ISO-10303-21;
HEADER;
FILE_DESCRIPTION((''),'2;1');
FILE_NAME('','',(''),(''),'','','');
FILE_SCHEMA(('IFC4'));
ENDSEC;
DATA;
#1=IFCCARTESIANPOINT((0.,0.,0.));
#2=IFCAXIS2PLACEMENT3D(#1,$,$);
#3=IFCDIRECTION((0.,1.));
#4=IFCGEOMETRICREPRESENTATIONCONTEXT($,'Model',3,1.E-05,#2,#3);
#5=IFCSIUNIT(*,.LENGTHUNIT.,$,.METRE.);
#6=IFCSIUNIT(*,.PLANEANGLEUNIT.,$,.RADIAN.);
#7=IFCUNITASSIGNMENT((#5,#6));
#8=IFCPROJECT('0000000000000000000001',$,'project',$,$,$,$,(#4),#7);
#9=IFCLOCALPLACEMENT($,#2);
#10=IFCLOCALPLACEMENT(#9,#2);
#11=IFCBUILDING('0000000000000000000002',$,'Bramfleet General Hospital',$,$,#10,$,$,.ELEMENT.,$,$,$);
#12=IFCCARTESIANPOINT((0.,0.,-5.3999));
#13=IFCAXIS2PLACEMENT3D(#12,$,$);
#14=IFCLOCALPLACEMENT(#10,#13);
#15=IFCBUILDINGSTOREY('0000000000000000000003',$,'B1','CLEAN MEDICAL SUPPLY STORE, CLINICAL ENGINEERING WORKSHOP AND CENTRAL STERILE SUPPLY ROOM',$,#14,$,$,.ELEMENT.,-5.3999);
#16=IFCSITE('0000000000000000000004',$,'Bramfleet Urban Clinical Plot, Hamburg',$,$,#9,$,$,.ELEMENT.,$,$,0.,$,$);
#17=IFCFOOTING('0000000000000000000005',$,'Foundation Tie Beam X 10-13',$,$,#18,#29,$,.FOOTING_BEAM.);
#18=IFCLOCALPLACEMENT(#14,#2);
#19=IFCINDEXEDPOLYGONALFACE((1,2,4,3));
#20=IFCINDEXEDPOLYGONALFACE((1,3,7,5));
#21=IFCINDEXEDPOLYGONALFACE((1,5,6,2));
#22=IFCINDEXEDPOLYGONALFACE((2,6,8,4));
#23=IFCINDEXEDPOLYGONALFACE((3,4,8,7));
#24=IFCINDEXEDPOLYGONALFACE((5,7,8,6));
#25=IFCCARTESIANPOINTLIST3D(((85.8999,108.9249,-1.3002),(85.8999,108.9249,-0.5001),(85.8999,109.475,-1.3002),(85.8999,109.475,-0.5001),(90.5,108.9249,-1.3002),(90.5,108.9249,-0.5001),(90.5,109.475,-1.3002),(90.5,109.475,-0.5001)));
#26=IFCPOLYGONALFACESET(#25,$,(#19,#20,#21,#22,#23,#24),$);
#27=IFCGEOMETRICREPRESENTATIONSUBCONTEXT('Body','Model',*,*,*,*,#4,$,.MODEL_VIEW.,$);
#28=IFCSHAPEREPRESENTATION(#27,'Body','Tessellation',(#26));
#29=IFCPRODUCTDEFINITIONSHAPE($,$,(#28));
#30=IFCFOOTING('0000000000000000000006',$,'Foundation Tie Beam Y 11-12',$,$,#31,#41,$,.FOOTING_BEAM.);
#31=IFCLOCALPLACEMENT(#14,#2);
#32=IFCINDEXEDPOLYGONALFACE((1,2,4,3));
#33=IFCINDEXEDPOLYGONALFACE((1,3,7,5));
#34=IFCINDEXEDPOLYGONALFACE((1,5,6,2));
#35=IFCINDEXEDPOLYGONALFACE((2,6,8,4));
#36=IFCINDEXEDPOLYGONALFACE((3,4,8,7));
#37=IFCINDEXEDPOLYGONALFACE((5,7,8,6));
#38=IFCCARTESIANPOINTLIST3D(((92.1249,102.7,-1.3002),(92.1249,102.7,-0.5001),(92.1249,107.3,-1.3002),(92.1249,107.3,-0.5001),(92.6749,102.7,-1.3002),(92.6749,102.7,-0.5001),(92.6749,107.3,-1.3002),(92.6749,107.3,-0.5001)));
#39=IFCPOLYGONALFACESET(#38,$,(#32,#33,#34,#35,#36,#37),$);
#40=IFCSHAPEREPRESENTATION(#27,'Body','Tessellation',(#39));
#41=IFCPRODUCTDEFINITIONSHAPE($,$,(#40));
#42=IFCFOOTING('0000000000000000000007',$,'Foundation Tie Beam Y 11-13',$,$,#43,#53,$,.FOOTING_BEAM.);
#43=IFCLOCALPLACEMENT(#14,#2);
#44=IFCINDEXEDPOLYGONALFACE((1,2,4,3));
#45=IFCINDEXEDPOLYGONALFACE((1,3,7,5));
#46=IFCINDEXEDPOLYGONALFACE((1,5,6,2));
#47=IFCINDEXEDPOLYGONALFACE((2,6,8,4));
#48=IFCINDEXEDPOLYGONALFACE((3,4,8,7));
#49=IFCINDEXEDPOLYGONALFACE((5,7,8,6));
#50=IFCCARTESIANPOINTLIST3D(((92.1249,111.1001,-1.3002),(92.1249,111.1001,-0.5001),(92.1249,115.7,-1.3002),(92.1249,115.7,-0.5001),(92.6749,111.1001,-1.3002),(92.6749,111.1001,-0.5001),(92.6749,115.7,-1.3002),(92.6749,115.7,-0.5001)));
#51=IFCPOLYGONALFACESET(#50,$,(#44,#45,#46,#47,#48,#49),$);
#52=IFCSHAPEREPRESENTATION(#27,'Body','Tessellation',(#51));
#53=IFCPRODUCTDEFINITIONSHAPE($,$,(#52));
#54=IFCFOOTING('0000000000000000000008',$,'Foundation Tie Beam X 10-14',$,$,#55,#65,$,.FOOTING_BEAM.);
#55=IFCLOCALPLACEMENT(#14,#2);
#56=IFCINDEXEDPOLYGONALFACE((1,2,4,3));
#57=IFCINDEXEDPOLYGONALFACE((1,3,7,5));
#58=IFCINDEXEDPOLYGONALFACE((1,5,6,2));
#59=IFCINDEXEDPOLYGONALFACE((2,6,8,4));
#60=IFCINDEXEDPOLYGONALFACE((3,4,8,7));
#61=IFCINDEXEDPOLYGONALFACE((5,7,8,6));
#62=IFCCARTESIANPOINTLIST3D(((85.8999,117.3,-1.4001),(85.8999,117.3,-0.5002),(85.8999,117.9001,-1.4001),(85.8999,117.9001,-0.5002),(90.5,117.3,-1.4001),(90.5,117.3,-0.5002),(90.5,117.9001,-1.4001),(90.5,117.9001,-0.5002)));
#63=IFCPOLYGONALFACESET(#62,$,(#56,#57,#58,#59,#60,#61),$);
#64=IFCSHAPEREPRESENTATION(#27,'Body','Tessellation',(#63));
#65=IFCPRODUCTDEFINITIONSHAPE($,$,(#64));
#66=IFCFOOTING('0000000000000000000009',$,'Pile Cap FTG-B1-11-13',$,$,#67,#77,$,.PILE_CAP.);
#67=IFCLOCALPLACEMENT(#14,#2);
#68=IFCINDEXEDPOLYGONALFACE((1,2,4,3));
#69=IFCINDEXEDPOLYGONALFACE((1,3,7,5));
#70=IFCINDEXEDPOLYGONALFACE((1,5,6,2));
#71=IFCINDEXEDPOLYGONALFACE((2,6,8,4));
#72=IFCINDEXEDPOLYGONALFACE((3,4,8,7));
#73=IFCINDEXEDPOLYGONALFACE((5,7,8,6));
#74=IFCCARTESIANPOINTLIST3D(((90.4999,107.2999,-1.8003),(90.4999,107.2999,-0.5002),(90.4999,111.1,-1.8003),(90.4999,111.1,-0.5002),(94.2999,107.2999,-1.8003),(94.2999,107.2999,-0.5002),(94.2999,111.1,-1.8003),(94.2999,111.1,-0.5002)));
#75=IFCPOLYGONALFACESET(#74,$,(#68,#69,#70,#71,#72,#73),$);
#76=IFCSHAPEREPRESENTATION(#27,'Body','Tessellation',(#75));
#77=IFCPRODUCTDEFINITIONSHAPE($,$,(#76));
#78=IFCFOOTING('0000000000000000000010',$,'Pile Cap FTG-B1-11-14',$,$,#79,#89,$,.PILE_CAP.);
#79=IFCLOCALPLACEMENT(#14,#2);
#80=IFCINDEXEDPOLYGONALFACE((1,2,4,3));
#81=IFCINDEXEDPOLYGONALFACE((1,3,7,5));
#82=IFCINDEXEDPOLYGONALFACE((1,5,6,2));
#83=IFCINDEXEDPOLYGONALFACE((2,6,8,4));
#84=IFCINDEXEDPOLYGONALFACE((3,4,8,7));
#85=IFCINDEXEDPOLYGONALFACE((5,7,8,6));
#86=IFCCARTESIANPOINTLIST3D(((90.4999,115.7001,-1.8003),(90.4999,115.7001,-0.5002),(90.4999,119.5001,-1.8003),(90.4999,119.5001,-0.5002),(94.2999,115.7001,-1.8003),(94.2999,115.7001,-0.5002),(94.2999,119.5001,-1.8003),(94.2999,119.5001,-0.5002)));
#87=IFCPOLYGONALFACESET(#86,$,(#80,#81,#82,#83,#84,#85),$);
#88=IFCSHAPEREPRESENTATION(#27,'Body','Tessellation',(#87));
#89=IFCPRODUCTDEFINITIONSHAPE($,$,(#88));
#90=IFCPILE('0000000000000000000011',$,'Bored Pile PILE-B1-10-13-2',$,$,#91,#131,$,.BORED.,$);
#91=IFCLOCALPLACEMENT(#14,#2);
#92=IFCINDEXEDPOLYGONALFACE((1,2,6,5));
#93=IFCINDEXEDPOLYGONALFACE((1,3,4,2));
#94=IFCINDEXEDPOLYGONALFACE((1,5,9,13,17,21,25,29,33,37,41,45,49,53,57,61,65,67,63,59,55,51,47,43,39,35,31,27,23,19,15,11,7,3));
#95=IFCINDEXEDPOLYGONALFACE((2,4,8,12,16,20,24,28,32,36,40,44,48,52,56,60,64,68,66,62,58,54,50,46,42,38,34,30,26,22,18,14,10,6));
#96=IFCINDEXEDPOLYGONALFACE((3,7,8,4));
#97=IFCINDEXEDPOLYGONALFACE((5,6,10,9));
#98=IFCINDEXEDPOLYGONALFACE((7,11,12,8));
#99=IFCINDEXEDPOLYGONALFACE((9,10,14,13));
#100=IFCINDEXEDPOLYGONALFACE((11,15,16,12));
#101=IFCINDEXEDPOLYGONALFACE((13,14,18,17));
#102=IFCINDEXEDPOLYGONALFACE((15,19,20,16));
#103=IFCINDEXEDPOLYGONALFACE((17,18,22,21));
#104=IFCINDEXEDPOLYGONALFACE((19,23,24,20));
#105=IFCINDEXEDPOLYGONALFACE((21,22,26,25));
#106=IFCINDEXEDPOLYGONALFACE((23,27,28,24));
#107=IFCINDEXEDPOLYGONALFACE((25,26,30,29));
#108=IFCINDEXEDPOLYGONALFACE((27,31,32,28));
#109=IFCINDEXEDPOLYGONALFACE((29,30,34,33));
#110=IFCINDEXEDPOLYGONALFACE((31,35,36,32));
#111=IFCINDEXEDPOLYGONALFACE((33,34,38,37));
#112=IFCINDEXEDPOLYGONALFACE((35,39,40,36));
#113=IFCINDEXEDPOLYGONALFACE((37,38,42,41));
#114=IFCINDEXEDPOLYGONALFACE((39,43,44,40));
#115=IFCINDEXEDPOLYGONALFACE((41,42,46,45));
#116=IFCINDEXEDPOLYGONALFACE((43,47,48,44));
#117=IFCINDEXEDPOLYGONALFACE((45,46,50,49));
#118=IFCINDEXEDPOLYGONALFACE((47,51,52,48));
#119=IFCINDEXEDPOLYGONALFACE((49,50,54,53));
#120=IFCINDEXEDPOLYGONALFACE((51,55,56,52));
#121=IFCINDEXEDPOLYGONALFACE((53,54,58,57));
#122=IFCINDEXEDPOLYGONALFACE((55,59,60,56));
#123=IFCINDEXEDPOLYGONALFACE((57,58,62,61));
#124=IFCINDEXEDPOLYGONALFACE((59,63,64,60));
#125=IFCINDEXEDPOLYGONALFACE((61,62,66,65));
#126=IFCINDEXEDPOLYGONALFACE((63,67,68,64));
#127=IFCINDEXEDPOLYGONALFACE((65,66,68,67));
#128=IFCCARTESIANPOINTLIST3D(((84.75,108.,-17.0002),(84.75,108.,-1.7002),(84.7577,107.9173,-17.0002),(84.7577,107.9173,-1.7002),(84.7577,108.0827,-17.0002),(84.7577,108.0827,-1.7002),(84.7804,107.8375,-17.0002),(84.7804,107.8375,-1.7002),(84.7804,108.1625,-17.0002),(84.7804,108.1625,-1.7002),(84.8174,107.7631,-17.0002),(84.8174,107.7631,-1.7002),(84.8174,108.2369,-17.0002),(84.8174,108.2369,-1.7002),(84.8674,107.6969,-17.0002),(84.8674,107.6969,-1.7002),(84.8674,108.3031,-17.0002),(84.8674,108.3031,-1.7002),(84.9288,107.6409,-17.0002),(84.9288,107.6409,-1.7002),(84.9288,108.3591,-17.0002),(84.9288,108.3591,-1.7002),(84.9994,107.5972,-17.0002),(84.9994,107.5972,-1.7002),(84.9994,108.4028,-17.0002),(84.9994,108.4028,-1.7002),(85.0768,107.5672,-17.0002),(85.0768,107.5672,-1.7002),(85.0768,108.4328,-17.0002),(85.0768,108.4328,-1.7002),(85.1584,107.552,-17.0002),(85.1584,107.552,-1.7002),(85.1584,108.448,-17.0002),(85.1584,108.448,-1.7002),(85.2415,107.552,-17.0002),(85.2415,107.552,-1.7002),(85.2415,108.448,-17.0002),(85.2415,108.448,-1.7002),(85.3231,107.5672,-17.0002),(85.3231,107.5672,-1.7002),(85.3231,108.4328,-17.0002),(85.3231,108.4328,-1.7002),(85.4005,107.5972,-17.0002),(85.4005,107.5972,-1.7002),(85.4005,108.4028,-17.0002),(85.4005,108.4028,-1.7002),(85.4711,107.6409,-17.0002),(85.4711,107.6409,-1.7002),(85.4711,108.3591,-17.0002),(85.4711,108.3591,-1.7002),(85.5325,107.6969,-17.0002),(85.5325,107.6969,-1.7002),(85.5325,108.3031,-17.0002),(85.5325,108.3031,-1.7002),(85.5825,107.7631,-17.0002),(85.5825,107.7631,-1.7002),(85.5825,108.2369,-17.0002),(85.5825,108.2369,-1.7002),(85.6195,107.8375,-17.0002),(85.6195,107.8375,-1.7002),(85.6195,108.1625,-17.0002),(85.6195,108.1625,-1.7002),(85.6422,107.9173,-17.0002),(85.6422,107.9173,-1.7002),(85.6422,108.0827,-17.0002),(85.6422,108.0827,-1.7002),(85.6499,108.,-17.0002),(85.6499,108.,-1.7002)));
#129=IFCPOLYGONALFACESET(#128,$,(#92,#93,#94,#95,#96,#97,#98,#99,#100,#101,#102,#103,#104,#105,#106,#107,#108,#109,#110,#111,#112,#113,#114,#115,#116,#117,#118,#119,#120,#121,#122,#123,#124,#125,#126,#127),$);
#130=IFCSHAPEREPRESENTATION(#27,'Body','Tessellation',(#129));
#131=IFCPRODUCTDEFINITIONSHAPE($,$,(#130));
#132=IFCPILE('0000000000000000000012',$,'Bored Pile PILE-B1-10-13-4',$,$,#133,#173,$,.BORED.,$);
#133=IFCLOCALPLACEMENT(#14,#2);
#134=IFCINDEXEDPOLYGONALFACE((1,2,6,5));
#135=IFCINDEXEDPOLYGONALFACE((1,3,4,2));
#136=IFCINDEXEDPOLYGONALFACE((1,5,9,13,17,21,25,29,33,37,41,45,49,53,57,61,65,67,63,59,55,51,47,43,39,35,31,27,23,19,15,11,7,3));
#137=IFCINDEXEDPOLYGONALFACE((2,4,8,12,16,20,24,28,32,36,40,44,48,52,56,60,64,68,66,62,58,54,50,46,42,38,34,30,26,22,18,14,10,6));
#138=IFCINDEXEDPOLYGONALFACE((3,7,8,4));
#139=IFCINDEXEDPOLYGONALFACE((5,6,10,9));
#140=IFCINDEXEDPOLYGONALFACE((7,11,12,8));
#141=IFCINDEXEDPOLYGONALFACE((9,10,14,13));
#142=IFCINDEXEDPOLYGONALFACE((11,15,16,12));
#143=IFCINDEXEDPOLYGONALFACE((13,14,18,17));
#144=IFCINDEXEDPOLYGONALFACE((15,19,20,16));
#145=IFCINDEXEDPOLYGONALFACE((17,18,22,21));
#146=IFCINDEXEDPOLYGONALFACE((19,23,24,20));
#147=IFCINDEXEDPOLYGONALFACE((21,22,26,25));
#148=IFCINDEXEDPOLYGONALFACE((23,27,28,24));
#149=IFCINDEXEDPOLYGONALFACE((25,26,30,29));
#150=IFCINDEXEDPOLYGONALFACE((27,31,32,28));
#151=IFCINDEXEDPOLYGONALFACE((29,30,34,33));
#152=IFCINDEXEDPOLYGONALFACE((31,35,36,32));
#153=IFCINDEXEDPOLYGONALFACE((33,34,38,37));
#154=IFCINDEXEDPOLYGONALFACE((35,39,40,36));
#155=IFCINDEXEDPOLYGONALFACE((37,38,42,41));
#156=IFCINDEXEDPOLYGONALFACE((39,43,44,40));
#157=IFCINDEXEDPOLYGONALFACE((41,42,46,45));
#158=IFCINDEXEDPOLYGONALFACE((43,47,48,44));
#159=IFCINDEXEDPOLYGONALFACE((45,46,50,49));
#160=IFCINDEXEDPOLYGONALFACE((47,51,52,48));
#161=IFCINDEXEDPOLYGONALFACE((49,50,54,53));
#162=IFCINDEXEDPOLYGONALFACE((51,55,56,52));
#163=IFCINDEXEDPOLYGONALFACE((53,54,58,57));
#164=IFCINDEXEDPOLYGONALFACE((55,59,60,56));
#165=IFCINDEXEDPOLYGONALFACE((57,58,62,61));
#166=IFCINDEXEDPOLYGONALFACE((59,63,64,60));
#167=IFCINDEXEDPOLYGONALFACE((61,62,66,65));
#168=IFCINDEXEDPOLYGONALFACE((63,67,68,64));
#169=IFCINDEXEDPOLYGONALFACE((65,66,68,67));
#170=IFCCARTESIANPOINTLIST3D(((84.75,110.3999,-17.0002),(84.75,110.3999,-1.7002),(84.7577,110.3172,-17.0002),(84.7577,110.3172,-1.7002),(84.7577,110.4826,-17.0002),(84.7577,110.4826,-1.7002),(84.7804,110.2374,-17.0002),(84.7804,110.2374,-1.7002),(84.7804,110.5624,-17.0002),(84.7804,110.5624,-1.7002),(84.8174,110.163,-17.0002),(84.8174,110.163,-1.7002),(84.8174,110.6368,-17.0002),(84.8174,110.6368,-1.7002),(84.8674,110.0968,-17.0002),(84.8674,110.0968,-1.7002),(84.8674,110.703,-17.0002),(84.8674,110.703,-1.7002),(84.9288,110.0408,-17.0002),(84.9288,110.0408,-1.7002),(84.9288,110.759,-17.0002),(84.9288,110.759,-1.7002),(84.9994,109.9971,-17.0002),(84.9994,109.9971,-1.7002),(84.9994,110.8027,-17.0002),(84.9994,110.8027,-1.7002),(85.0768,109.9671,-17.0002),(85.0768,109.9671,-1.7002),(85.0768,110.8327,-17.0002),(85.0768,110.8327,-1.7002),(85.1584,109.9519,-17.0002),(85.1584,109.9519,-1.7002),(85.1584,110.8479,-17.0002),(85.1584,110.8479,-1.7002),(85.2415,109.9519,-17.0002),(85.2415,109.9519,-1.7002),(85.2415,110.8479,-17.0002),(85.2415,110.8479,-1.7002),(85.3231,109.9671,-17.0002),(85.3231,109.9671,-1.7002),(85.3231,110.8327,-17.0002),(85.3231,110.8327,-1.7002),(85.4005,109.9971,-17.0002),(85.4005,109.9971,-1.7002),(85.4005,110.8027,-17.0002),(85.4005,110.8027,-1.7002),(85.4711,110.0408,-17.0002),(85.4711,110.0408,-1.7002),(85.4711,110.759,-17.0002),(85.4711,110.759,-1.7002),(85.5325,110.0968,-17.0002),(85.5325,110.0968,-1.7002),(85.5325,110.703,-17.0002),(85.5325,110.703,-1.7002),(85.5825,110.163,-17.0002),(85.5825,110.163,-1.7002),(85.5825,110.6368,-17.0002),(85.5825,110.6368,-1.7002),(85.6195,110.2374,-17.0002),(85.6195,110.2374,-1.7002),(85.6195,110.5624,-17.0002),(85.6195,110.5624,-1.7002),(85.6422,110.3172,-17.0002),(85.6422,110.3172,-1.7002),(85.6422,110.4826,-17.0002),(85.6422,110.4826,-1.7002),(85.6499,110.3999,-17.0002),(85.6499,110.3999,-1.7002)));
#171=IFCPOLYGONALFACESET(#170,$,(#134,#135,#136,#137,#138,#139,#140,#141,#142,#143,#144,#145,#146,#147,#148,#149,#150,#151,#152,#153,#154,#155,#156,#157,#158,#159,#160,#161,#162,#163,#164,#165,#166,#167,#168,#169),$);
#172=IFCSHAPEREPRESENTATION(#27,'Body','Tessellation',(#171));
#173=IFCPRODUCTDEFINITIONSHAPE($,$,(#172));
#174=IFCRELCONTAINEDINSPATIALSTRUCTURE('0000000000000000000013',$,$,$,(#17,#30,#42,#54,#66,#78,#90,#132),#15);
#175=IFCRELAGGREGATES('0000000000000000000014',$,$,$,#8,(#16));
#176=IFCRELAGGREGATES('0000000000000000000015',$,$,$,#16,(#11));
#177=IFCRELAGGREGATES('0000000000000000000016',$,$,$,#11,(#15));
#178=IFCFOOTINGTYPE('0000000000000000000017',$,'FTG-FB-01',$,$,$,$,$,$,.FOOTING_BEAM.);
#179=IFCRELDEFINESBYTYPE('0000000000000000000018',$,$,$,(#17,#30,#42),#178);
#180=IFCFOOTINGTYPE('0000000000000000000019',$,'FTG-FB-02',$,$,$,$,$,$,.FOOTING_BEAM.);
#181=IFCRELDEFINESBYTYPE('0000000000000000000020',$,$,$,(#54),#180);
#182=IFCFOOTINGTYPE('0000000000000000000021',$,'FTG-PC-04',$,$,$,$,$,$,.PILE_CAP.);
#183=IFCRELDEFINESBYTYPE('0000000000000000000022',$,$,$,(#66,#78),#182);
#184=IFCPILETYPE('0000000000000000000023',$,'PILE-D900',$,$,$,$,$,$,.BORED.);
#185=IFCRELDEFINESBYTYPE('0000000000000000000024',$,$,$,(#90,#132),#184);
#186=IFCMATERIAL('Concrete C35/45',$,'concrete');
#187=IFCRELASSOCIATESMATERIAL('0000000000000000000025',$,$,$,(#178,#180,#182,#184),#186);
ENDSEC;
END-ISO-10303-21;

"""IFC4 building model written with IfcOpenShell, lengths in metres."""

from ifc_helpers import new_model, si_unit, direction, frame, origin, origin_2d, place, context, subcontext, project, spatial, rectangle, circle, extrude, material, material_profile, profile_set, type_object, element, save


model = new_model("IFC4")

# Units and contexts
model_context = context("Model", 3, precision=1e-05, world=origin(), true_north=direction((0.0, 1.0)))
body_context = subcontext(model_context, "Body", "Model", "MODEL_VIEW")
ifc_project = project(units=[si_unit("LENGTHUNIT", "METRE"), si_unit("PLANEANGLEUNIT", "RADIAN")], contexts=[model_context])

# Site, building, storey
site_placement = place(None, origin())
site = spatial("IfcSite", under=ifc_project, at=site_placement, Name="Bramfleet Urban Clinical Plot, Hamburg", CompositionType="ELEMENT", RefElevation=0.0)
building_placement = place(site_placement, origin())
building = spatial("IfcBuilding", under=site, at=building_placement, Name="Bramfleet General Hospital", CompositionType="ELEMENT")
storey_placement = place(building_placement, frame((0.0, 0.0, -5.3999)))
storey = spatial("IfcBuildingStorey", under=building, at=storey_placement, Name="B1", Description="CLEAN MEDICAL SUPPLY STORE, CLINICAL ENGINEERING WORKSHOP AND CENTRAL STERILE SUPPLY ROOM", CompositionType="ELEMENT", Elevation=-5.3999)

# Footings
ifc_material_1 = material(Name="Concrete C35/45", Category="concrete")
ifc_material_profile_1 = material_profile(ifc_material_1, rectangle(XDim=0.55, YDim=0.8, at=origin_2d()), Name="RC FB 800x550")
ifc_profile_set_1 = profile_set([ifc_material_profile_1], Name="Concrete C35/45")
footing_type_1 = type_object("IfcFootingType", Name="FTG-FB-01", PredefinedType="FOOTING_BEAM", material=ifc_profile_set_1)
for number, where, z_axis, x_axis, name in (
    (1, (85.8999, 109.2, -0.9001), (1.0, 0.0, 0.0), (0.0, 1.0, 0.0), "Foundation Tie Beam X 10-13"),
    (2, (92.3999, 102.7, -0.9001), (0.0, 1.0, 0.0), (-1.0, 0.0, 0.0), "Foundation Tie Beam Y 11-12"),
):
    element("IfcFooting", number, at=place(storey_placement, frame(where, z_axis=z_axis, x_axis=x_axis)), inside=storey, type_object=footing_type_1, Name=name, PredefinedType="FOOTING_BEAM", context=body_context, shape_type="SweptSolid", body=[
        extrude(rectangle(XDim=0.55, YDim=0.8, at=origin_2d()), origin(), (0.0, 0.0, 1.0), 4.6001),
    ])
footing_1_placement = place(storey_placement, frame((92.3999, 111.1001, -0.9001), z_axis=(0.0, 1.0, 0.0), x_axis=(-1.0, 0.0, 0.0)))
element("IfcFooting", 3, at=footing_1_placement, inside=storey, type_object=footing_type_1, Name="Foundation Tie Beam Y 11-13", PredefinedType="FOOTING_BEAM", context=body_context, shape_type="SweptSolid", body=[
    extrude(rectangle(XDim=0.55, YDim=0.8, at=origin_2d()), origin(), (0.0, 0.0, 1.0), 4.5999),
])
ifc_material_profile_2 = material_profile(ifc_material_1, rectangle(XDim=0.6001, YDim=0.8999, at=origin_2d()), Name="RC FB 900x600")
ifc_profile_set_2 = profile_set([ifc_material_profile_2], Name="Concrete C35/45")
footing_type_2 = type_object("IfcFootingType", Name="FTG-FB-02", PredefinedType="FOOTING_BEAM", material=ifc_profile_set_2)
footing_2_placement = place(storey_placement, frame((85.8999, 117.6001, -0.9502), z_axis=(1.0, 0.0, 0.0), x_axis=(0.0, 1.0, 0.0)))
element("IfcFooting", 4, at=footing_2_placement, inside=storey, type_object=footing_type_2, Name="Foundation Tie Beam X 10-14", PredefinedType="FOOTING_BEAM", context=body_context, shape_type="SweptSolid", body=[
    extrude(rectangle(XDim=0.6001, YDim=0.8999, at=origin_2d()), origin(), (0.0, 0.0, 1.0), 4.6001),
])
footing_type_3 = type_object("IfcFootingType", Name="FTG-PC-04", PredefinedType="PILE_CAP", material=ifc_material_1)
for number, where, z_axis, x_axis, name in (
    (5, (92.3999, 109.2, -1.8003), (0.0, 0.0, 1.0), (1.0, 0.0, 0.0), "Pile Cap FTG-B1-11-13"),
    (6, (92.3999, 117.6001, -1.8003), (0.0, 0.0, 1.0), (1.0, 0.0, 0.0), "Pile Cap FTG-B1-11-14"),
):
    element("IfcFooting", number, at=place(storey_placement, frame(where, z_axis=z_axis, x_axis=x_axis)), inside=storey, type_object=footing_type_3, Name=name, PredefinedType="PILE_CAP", context=body_context, shape_type="SweptSolid", body=[
        extrude(rectangle(XDim=3.8, YDim=3.8, at=origin_2d()), origin(), (0.0, 0.0, 1.0), 1.3),
    ])

# Piles
ifc_material_profile_3 = material_profile(ifc_material_1, circle(Radius=0.45, at=origin_2d()), Name="PILE BORED D900")
ifc_profile_set_3 = profile_set([ifc_material_profile_3], Name="Concrete C35/45")
pile_type = type_object("IfcPileType", Name="PILE-D900", PredefinedType="BORED", material=ifc_profile_set_3)
for number, where, z_axis, x_axis, name in (
    (7, (85.2, 108.0, -1.7002), (0.0, 0.0, -1.0), (1.0, 0.0, 0.0), "Bored Pile PILE-B1-10-13-2"),
    (8, (85.2, 110.3999, -1.7002), (0.0, 0.0, -1.0), (1.0, 0.0, 0.0), "Bored Pile PILE-B1-10-13-4"),
):
    element("IfcPile", number, at=place(storey_placement, frame(where, z_axis=z_axis, x_axis=x_axis)), inside=storey, type_object=pile_type, Name=name, PredefinedType="BORED", context=body_context, shape_type="SweptSolid", body=[
        extrude(circle(Radius=0.45, at=origin_2d()), origin(), (0.0, 0.0, 1.0), 15.3),
    ])

save(model, "model.ifc")
